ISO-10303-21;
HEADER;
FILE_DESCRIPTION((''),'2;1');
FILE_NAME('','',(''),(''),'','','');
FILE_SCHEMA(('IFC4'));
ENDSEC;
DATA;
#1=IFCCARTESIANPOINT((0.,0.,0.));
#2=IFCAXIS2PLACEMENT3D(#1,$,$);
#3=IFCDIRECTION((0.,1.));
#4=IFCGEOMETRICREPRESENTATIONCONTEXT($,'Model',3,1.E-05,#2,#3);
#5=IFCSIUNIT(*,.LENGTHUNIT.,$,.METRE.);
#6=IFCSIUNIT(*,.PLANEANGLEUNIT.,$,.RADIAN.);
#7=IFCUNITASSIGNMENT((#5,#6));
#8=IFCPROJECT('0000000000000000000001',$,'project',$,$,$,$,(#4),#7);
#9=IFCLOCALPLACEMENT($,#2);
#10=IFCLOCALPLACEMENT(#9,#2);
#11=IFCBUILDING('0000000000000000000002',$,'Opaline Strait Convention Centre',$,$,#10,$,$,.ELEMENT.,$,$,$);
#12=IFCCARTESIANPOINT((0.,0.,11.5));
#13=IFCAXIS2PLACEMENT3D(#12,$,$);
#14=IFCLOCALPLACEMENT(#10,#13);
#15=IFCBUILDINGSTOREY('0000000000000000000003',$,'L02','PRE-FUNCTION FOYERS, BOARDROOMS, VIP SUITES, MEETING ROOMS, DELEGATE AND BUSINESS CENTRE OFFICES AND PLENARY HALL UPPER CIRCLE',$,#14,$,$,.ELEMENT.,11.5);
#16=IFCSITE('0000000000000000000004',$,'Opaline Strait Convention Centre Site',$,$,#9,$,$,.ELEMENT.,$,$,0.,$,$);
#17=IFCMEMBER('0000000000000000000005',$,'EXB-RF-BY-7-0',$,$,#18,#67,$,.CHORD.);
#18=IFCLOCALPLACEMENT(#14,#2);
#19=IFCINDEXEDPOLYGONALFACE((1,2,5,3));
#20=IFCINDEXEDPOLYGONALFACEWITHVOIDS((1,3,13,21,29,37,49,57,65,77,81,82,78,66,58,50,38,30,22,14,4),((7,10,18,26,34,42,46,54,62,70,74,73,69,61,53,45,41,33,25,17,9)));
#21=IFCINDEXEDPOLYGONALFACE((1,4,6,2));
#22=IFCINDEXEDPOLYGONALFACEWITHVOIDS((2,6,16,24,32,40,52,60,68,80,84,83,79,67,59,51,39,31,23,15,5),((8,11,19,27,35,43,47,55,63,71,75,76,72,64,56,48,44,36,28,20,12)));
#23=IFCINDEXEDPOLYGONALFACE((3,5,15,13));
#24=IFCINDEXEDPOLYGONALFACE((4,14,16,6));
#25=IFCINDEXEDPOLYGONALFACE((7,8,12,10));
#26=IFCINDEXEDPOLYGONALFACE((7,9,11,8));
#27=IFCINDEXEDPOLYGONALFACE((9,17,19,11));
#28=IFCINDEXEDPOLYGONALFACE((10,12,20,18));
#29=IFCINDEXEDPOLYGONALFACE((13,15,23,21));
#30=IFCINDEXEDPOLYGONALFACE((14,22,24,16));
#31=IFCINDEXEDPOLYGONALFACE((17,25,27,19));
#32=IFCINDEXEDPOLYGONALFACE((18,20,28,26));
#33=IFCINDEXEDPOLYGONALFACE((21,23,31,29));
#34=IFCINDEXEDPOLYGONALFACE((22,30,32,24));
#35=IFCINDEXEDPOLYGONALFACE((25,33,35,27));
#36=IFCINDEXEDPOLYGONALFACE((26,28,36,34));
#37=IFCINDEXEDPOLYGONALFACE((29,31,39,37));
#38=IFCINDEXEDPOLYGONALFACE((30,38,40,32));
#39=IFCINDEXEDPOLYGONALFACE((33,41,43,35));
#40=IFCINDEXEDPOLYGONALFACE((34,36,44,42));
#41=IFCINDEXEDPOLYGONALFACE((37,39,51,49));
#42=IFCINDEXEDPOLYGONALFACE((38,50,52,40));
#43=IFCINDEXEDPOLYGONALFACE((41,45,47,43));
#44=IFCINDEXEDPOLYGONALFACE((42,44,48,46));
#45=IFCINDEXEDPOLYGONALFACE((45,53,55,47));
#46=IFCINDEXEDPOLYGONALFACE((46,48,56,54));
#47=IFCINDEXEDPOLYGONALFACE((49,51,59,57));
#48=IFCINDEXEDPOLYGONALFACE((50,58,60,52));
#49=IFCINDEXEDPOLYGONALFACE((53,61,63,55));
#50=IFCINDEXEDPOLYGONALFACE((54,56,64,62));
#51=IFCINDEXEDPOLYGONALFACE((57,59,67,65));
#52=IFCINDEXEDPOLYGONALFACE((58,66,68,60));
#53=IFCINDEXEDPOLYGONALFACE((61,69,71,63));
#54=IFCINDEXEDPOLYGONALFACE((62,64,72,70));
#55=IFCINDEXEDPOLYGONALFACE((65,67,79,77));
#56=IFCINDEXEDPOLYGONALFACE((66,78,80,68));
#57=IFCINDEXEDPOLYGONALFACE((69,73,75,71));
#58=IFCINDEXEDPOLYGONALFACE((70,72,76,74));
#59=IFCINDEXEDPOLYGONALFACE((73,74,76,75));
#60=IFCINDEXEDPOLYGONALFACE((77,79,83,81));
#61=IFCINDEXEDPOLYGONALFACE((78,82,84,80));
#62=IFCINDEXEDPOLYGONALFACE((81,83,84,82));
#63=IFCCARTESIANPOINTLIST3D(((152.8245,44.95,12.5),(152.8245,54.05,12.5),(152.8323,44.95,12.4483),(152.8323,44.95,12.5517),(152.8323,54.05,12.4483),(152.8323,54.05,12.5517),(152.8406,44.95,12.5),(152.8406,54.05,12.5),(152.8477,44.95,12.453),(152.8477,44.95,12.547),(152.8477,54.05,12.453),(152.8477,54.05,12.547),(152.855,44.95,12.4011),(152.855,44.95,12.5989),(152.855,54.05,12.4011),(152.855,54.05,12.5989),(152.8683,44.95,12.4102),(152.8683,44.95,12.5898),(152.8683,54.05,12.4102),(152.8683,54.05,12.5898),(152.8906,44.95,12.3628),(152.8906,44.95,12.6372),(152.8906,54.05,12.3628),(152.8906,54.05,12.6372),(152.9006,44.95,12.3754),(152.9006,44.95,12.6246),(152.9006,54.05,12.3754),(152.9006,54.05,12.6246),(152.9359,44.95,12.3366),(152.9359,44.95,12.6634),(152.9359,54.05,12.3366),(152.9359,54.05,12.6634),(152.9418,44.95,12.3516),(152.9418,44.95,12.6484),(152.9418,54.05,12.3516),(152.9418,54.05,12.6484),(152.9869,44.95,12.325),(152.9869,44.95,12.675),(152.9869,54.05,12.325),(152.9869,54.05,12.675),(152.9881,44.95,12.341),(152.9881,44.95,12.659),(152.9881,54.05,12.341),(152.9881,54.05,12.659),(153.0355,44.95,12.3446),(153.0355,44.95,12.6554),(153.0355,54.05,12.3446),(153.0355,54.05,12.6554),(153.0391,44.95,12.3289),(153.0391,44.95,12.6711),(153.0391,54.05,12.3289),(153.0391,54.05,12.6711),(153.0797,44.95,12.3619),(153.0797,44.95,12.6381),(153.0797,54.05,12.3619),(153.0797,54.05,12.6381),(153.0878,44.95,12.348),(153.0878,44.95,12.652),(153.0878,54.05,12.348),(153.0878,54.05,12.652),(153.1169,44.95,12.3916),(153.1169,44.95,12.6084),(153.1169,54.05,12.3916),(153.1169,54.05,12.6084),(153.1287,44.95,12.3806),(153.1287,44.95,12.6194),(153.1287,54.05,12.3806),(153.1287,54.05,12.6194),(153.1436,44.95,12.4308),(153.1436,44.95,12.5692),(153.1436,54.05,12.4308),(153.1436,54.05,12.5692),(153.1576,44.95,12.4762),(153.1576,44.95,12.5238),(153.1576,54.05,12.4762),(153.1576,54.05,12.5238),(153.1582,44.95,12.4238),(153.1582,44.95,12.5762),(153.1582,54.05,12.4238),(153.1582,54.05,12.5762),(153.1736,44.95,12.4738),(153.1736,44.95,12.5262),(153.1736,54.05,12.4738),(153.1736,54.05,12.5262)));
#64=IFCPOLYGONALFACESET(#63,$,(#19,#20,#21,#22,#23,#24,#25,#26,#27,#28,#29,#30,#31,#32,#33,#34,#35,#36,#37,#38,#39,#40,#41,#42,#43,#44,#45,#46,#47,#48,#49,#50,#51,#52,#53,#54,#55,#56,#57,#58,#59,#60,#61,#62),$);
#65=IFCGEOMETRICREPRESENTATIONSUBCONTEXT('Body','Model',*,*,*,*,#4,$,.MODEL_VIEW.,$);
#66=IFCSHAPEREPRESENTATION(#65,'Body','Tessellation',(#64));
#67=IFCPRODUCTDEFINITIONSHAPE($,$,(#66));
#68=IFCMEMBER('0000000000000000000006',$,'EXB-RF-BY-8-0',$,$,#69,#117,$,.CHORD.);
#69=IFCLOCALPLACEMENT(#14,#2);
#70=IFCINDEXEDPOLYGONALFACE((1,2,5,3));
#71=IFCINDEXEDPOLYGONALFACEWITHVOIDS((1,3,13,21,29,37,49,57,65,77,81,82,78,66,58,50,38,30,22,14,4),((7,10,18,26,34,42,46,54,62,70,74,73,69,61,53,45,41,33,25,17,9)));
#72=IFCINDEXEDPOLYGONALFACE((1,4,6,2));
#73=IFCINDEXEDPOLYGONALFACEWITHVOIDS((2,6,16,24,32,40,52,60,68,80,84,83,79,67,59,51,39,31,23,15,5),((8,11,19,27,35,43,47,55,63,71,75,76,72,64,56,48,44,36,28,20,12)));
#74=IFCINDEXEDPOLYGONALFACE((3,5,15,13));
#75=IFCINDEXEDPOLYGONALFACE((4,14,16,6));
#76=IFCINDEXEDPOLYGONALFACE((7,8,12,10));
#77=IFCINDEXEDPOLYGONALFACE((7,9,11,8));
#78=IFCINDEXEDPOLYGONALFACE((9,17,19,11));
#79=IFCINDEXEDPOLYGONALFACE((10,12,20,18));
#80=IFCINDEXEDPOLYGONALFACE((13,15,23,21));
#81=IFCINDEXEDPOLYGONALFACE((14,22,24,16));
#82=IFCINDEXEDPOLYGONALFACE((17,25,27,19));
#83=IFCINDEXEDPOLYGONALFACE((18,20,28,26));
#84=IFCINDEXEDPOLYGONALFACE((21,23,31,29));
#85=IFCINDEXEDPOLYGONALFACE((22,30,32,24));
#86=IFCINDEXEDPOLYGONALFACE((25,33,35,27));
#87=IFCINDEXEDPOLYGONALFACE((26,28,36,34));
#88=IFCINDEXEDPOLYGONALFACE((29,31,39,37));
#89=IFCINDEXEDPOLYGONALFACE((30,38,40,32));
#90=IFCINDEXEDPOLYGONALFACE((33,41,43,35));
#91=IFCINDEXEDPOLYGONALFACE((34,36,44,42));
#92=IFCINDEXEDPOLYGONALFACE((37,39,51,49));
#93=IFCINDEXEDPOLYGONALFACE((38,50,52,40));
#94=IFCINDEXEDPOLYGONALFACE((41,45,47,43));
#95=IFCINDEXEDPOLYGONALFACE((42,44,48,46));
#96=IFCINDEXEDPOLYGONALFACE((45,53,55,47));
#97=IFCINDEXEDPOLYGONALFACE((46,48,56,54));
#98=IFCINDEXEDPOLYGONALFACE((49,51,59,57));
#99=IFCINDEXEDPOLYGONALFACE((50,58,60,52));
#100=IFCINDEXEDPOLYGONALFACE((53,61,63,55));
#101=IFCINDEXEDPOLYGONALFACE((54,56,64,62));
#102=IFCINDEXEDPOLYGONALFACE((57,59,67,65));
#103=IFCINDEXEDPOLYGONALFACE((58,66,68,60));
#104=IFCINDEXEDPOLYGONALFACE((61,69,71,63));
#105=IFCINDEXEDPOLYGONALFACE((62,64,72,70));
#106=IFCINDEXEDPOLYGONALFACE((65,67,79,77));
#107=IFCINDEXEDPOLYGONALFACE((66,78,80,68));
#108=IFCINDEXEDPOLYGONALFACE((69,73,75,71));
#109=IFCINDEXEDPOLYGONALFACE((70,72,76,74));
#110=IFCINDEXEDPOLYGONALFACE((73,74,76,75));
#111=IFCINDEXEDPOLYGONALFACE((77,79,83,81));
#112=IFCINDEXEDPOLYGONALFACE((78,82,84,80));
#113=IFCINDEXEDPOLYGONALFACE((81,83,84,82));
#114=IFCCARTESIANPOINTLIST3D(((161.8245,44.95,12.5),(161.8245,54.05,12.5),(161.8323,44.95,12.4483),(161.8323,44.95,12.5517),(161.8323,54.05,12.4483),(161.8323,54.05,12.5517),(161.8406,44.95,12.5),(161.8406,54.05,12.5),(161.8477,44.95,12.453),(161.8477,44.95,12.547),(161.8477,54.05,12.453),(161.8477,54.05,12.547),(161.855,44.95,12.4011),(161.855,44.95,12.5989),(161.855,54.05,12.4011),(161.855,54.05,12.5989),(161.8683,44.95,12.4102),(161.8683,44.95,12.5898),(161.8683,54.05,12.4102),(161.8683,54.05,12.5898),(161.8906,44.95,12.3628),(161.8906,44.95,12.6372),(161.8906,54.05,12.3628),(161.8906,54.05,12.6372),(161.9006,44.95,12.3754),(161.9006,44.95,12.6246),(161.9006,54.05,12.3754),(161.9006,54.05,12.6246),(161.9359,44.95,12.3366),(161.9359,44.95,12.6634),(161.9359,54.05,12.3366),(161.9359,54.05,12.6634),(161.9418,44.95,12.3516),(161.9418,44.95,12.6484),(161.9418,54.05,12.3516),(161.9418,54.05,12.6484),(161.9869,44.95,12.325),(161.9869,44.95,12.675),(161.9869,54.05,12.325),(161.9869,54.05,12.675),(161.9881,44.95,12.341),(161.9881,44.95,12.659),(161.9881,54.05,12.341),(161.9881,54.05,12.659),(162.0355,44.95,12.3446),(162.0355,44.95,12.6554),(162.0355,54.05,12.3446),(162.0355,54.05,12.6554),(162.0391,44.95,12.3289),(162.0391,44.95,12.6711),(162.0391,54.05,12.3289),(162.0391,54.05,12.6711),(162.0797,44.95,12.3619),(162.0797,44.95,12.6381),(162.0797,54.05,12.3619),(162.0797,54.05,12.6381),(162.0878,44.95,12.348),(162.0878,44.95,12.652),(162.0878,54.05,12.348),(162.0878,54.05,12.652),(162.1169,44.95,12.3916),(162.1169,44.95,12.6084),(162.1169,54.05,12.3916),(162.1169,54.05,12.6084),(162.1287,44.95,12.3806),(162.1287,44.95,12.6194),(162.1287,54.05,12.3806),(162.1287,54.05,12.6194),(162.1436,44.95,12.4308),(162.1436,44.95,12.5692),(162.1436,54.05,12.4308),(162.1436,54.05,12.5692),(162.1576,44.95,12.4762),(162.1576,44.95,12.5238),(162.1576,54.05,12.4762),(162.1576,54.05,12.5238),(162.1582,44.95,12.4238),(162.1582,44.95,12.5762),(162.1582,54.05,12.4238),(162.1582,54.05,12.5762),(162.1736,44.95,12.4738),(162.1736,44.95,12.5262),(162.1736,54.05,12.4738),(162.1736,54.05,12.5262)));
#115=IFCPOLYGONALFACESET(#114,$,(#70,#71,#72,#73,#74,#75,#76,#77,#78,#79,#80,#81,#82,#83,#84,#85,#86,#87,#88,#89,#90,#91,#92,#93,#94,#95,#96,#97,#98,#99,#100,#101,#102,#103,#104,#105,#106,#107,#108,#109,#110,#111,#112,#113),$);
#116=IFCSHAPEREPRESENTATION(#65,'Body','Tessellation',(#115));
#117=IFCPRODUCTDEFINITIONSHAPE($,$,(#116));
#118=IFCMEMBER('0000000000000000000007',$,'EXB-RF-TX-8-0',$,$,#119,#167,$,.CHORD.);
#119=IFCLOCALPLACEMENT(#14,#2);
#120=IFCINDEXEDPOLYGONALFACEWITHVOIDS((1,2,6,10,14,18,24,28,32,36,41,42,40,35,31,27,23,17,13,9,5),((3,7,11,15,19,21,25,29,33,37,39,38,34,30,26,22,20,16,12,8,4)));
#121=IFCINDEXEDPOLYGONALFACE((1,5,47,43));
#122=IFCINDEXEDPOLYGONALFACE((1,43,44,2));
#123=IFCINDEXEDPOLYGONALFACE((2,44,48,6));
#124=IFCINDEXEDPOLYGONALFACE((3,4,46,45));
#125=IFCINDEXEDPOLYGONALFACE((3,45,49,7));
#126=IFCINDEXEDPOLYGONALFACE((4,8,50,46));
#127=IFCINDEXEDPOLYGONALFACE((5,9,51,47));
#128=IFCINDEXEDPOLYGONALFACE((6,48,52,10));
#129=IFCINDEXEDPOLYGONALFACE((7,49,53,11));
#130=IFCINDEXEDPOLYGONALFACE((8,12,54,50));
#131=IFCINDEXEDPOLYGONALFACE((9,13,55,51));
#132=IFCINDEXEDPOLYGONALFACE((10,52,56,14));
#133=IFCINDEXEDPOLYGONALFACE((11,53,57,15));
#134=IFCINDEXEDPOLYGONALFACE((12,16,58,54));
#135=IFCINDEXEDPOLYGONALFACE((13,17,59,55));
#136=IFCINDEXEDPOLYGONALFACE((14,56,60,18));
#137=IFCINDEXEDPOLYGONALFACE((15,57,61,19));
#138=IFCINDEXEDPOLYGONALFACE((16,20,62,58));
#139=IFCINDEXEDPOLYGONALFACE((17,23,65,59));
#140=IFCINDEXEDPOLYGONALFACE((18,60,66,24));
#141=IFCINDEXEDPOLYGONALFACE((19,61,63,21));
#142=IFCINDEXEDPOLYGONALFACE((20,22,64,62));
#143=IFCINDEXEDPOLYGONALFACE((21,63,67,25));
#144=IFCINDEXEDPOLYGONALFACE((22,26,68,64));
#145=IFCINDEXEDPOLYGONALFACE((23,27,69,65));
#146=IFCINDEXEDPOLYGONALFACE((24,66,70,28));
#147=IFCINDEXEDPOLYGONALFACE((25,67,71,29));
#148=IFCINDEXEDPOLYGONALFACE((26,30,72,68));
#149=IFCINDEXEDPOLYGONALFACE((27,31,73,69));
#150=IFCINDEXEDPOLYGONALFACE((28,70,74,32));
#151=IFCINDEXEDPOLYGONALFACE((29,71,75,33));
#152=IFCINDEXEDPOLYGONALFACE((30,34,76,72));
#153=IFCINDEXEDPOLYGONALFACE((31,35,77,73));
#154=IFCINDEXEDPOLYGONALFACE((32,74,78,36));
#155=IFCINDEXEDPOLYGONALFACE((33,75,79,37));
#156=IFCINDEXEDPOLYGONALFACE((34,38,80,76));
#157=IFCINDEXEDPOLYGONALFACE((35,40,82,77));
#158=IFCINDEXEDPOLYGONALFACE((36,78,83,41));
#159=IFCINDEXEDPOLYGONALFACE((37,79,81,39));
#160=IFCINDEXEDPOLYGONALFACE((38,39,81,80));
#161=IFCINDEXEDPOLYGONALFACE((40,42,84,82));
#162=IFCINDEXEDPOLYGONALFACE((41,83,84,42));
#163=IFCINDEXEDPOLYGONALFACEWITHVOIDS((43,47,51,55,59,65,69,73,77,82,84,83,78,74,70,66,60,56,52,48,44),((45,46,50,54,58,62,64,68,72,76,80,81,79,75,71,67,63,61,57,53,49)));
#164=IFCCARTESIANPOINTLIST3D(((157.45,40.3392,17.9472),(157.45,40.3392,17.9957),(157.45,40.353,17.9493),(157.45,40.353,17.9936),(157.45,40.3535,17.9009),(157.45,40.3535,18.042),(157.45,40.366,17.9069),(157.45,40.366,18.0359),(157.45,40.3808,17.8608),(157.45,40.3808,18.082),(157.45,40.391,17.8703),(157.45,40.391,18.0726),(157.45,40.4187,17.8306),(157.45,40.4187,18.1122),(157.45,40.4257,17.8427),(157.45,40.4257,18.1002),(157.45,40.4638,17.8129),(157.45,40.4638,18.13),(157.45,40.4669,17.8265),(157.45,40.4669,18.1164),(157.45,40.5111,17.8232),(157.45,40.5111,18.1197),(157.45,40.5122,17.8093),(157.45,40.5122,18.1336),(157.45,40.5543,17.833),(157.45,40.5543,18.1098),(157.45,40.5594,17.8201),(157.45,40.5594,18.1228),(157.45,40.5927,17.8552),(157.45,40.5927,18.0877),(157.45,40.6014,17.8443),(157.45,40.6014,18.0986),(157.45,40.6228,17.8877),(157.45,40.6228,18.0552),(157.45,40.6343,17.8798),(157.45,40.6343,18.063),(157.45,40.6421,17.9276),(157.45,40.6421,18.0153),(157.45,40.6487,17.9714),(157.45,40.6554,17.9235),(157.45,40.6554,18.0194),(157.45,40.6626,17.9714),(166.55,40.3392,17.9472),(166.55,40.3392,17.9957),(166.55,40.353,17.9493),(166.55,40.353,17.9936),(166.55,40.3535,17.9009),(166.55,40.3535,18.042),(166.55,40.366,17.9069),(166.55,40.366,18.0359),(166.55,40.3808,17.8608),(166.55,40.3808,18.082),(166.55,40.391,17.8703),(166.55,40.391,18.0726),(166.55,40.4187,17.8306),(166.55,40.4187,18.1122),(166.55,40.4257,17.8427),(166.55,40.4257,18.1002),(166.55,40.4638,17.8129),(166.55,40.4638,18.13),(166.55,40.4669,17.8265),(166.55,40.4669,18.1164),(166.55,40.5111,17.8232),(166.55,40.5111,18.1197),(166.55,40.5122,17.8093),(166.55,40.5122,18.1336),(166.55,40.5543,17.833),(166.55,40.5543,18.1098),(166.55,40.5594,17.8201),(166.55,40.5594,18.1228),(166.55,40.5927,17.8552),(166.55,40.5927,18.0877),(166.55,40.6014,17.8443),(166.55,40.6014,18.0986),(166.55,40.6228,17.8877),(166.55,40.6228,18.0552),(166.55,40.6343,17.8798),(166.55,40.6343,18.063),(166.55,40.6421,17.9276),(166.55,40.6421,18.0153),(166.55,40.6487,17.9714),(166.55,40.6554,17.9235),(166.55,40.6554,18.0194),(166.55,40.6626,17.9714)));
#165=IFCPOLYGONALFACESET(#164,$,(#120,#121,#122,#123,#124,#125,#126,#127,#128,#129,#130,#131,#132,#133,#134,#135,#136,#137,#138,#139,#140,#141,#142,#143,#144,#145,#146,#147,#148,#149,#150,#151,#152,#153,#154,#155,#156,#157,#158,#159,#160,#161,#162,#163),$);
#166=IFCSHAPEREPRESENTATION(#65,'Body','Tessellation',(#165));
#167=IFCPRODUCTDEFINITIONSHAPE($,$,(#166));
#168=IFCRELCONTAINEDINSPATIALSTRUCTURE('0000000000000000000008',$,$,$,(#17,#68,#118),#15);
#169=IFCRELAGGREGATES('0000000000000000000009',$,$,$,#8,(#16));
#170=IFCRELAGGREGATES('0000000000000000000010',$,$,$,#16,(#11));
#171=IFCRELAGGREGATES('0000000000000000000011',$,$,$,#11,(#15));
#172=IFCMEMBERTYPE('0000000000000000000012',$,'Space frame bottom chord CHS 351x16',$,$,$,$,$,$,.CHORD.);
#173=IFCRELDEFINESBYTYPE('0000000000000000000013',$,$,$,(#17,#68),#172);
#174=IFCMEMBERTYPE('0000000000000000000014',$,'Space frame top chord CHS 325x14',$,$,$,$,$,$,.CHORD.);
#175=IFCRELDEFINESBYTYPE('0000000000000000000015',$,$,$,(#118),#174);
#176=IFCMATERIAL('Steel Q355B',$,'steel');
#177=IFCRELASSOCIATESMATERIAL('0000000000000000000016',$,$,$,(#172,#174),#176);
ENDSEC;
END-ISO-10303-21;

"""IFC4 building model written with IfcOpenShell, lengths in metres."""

from ifc_helpers import new_model, si_unit, direction, frame, origin, origin_2d, place, context, subcontext, project, spatial, hollow_circle, extrude, material, material_profile, profile_set, type_object, element, save


model = new_model("IFC4")

# Units and contexts
model_context = context("Model", 3, precision=1e-05, world=origin(), true_north=direction((0.0, 1.0)))
body_context = subcontext(model_context, "Body", "Model", "MODEL_VIEW")
ifc_project = project(units=[si_unit("LENGTHUNIT", "METRE"), si_unit("PLANEANGLEUNIT", "RADIAN")], contexts=[model_context])

# Site, building, storey
site_placement = place(None, origin())
site = spatial("IfcSite", under=ifc_project, at=site_placement, Name="Opaline Strait Convention Centre Site", CompositionType="ELEMENT", RefElevation=0.0)
building_placement = place(site_placement, origin())
building = spatial("IfcBuilding", under=site, at=building_placement, Name="Opaline Strait Convention Centre", CompositionType="ELEMENT")
storey_placement = place(building_placement, frame((0.0, 0.0, 11.5)))
storey = spatial("IfcBuildingStorey", under=building, at=storey_placement, Name="L02", Description="PRE-FUNCTION FOYERS, BOARDROOMS, VIP SUITES, MEETING ROOMS, DELEGATE AND BUSINESS CENTRE OFFICES AND PLENARY HALL UPPER CIRCLE", CompositionType="ELEMENT", Elevation=11.5)

# Members
ifc_material_1 = material(Name="Steel Q355B", Category="steel")
ifc_material_profile_1 = material_profile(ifc_material_1, hollow_circle(Radius=0.1755, WallThickness=0.0161, at=origin_2d()), Name="CHS 351x16")
ifc_profile_set_1 = profile_set([ifc_material_profile_1], Name="Steel Q355B")
member_type_1 = type_object("IfcMemberType", Name="Space frame bottom chord CHS 351x16", PredefinedType="CHORD", material=ifc_profile_set_1)
for number, where, z_axis, x_axis, name in (
    (1, (153.0, 44.95, 12.5), (0.0, 1.0, 0.0), (-1.0, 0.0, 0.0), "EXB-RF-BY-7-0"),
    (2, (162.0, 44.95, 12.5), (0.0, 1.0, 0.0), (-1.0, 0.0, 0.0), "EXB-RF-BY-8-0"),
):
    element("IfcMember", number, at=place(storey_placement, frame(where, z_axis=z_axis, x_axis=x_axis)), inside=storey, type_object=member_type_1, Name=name, PredefinedType="CHORD", context=body_context, shape_type="SweptSolid", body=[
        extrude(hollow_circle(Radius=0.1755, WallThickness=0.0161, at=origin_2d()), origin(), (0.0, 0.0, 1.0), 9.1001),
    ])
ifc_material_profile_2 = material_profile(ifc_material_1, hollow_circle(Radius=0.1626, WallThickness=0.0139, at=origin_2d()), Name="CHS 325x14")
ifc_profile_set_2 = profile_set([ifc_material_profile_2], Name="Steel Q355B")
member_type_2 = type_object("IfcMemberType", Name="Space frame top chord CHS 325x14", PredefinedType="CHORD", material=ifc_profile_set_2)
member_placement = place(storey_placement, frame((157.45, 40.5, 17.9714), z_axis=(1.0, 0.0, 0.0), x_axis=(0.0, 1.0, 0.0)))
element("IfcMember", 3, at=member_placement, inside=storey, type_object=member_type_2, Name="EXB-RF-TX-8-0", PredefinedType="CHORD", context=body_context, shape_type="SweptSolid", body=[
    extrude(hollow_circle(Radius=0.1626, WallThickness=0.0139, at=origin_2d()), origin(), (0.0, 0.0, 1.0), 9.1001),
])

save(model, "model.ifc")
